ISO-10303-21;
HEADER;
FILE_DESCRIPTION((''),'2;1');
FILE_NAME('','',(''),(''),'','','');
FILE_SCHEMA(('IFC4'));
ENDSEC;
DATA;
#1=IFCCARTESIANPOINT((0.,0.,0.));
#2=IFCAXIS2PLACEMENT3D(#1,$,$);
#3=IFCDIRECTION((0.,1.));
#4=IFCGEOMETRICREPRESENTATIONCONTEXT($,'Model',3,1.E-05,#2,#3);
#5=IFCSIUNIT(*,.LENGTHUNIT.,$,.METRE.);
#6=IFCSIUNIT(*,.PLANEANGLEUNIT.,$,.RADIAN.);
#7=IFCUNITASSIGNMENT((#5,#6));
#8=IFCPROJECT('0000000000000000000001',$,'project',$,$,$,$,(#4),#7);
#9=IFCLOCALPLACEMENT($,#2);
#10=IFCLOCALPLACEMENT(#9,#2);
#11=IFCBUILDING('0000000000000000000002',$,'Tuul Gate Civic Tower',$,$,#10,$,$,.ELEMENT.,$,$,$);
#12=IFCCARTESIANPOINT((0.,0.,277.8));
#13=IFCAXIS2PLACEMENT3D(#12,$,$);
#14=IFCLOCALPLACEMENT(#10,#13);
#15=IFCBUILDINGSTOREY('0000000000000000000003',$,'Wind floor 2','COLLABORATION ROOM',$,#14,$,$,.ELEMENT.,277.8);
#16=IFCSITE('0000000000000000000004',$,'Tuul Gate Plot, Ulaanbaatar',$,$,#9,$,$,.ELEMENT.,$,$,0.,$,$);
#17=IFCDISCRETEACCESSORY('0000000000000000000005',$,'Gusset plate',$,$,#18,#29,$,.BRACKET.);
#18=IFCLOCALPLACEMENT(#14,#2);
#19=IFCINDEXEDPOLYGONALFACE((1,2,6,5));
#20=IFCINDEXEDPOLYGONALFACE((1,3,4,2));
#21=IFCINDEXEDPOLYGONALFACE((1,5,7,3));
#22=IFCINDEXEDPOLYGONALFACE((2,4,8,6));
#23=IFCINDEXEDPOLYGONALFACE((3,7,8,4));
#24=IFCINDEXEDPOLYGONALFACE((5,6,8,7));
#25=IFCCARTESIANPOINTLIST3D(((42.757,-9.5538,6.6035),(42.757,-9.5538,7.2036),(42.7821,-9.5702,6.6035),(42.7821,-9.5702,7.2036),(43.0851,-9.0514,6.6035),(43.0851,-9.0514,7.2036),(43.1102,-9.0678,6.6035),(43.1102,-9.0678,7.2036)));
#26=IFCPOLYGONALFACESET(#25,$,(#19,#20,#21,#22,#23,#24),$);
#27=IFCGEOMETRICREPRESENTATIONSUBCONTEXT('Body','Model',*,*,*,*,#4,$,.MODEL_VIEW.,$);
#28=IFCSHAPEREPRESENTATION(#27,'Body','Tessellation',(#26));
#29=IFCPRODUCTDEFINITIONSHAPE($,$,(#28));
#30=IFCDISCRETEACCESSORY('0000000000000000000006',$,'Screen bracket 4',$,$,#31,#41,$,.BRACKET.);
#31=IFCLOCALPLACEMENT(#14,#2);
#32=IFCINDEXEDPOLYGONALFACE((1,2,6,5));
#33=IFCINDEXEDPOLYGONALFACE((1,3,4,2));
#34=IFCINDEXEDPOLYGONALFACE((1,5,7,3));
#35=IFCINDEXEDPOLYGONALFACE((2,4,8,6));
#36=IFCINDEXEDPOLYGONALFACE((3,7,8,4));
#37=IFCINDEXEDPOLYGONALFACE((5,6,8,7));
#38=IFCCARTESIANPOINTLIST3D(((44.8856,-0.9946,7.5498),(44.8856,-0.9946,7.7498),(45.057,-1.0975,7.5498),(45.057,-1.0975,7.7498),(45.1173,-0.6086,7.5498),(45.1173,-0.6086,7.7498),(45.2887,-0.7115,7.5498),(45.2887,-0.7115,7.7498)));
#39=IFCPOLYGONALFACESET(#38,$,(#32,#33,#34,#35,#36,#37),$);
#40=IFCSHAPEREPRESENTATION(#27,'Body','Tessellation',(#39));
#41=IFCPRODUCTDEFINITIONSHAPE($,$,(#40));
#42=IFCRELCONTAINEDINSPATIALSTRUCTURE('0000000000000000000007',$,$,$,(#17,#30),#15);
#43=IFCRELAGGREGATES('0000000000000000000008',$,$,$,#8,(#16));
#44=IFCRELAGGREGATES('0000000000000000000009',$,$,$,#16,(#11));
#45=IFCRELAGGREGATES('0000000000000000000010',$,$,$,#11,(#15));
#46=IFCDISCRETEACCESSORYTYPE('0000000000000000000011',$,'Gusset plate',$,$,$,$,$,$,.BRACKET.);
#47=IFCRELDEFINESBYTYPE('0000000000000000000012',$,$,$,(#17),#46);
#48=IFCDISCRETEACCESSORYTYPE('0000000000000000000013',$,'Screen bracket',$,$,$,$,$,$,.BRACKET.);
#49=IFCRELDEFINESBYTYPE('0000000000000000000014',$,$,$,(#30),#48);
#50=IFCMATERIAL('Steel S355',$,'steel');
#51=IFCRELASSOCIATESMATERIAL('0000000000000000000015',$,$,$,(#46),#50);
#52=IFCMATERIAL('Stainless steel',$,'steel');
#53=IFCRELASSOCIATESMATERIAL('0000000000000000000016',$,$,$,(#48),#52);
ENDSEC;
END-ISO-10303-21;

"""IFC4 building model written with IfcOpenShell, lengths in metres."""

from ifc_helpers import new_model, si_unit, direction, frame, origin, origin_2d, place, context, subcontext, project, spatial, rectangle, extrude, material, type_object, element, save


model = new_model("IFC4")

# Units and contexts
model_context = context("Model", 3, precision=1e-05, world=origin(), true_north=direction((0.0, 1.0)))
body_context = subcontext(model_context, "Body", "Model", "MODEL_VIEW")
ifc_project = project(units=[si_unit("LENGTHUNIT", "METRE"), si_unit("PLANEANGLEUNIT", "RADIAN")], contexts=[model_context])

# Site, building, storey
site_placement = place(None, origin())
site = spatial("IfcSite", under=ifc_project, at=site_placement, Name="Tuul Gate Plot, Ulaanbaatar", CompositionType="ELEMENT", RefElevation=0.0)
building_placement = place(site_placement, origin())
building = spatial("IfcBuilding", under=site, at=building_placement, Name="Tuul Gate Civic Tower", CompositionType="ELEMENT")
storey_placement = place(building_placement, frame((0.0, 0.0, 277.8)))
storey = spatial("IfcBuildingStorey", under=building, at=storey_placement, Name="Wind floor 2", Description="COLLABORATION ROOM", CompositionType="ELEMENT", Elevation=277.8)

# Discrete accessories
ifc_material_1 = material(Name="Steel S355", Category="steel")
discrete_accessory_type_1 = type_object("IfcDiscreteAccessoryType", Name="Gusset plate", PredefinedType="BRACKET", material=ifc_material_1)
discrete_accessory_1_placement = place(storey_placement, frame((42.9336, -9.3108, 6.6035), z_axis=(0.0, 0.0, 1.0), x_axis=(0.546743, 0.8373, 0.0)))
element("IfcDiscreteAccessory", 1, at=discrete_accessory_1_placement, inside=storey, type_object=discrete_accessory_type_1, Name="Gusset plate", PredefinedType="BRACKET", context=body_context, shape_type="SweptSolid", body=[
    extrude(rectangle(XDim=0.6001, YDim=0.03, at=origin_2d()), origin(), (0.0, 0.0, 1.0), 0.6001),
])
ifc_material_2 = material(Name="Stainless steel", Category="steel")
discrete_accessory_type_2 = type_object("IfcDiscreteAccessoryType", Name="Screen bracket", PredefinedType="BRACKET", material=ifc_material_2)
discrete_accessory_2_placement = place(storey_placement, frame((45.0872, -0.853, 7.5498), z_axis=(0.0, 0.0, 1.0), x_axis=(0.514618, 0.85742, 0.0)))
element("IfcDiscreteAccessory", 2, at=discrete_accessory_2_placement, inside=storey, type_object=discrete_accessory_type_2, Name="Screen bracket 4", PredefinedType="BRACKET", context=body_context, shape_type="SweptSolid", body=[
    extrude(rectangle(XDim=0.4502, YDim=0.2, at=origin_2d()), origin(), (0.0, 0.0, 1.0), 0.2),
])

save(model, "model.ifc")
